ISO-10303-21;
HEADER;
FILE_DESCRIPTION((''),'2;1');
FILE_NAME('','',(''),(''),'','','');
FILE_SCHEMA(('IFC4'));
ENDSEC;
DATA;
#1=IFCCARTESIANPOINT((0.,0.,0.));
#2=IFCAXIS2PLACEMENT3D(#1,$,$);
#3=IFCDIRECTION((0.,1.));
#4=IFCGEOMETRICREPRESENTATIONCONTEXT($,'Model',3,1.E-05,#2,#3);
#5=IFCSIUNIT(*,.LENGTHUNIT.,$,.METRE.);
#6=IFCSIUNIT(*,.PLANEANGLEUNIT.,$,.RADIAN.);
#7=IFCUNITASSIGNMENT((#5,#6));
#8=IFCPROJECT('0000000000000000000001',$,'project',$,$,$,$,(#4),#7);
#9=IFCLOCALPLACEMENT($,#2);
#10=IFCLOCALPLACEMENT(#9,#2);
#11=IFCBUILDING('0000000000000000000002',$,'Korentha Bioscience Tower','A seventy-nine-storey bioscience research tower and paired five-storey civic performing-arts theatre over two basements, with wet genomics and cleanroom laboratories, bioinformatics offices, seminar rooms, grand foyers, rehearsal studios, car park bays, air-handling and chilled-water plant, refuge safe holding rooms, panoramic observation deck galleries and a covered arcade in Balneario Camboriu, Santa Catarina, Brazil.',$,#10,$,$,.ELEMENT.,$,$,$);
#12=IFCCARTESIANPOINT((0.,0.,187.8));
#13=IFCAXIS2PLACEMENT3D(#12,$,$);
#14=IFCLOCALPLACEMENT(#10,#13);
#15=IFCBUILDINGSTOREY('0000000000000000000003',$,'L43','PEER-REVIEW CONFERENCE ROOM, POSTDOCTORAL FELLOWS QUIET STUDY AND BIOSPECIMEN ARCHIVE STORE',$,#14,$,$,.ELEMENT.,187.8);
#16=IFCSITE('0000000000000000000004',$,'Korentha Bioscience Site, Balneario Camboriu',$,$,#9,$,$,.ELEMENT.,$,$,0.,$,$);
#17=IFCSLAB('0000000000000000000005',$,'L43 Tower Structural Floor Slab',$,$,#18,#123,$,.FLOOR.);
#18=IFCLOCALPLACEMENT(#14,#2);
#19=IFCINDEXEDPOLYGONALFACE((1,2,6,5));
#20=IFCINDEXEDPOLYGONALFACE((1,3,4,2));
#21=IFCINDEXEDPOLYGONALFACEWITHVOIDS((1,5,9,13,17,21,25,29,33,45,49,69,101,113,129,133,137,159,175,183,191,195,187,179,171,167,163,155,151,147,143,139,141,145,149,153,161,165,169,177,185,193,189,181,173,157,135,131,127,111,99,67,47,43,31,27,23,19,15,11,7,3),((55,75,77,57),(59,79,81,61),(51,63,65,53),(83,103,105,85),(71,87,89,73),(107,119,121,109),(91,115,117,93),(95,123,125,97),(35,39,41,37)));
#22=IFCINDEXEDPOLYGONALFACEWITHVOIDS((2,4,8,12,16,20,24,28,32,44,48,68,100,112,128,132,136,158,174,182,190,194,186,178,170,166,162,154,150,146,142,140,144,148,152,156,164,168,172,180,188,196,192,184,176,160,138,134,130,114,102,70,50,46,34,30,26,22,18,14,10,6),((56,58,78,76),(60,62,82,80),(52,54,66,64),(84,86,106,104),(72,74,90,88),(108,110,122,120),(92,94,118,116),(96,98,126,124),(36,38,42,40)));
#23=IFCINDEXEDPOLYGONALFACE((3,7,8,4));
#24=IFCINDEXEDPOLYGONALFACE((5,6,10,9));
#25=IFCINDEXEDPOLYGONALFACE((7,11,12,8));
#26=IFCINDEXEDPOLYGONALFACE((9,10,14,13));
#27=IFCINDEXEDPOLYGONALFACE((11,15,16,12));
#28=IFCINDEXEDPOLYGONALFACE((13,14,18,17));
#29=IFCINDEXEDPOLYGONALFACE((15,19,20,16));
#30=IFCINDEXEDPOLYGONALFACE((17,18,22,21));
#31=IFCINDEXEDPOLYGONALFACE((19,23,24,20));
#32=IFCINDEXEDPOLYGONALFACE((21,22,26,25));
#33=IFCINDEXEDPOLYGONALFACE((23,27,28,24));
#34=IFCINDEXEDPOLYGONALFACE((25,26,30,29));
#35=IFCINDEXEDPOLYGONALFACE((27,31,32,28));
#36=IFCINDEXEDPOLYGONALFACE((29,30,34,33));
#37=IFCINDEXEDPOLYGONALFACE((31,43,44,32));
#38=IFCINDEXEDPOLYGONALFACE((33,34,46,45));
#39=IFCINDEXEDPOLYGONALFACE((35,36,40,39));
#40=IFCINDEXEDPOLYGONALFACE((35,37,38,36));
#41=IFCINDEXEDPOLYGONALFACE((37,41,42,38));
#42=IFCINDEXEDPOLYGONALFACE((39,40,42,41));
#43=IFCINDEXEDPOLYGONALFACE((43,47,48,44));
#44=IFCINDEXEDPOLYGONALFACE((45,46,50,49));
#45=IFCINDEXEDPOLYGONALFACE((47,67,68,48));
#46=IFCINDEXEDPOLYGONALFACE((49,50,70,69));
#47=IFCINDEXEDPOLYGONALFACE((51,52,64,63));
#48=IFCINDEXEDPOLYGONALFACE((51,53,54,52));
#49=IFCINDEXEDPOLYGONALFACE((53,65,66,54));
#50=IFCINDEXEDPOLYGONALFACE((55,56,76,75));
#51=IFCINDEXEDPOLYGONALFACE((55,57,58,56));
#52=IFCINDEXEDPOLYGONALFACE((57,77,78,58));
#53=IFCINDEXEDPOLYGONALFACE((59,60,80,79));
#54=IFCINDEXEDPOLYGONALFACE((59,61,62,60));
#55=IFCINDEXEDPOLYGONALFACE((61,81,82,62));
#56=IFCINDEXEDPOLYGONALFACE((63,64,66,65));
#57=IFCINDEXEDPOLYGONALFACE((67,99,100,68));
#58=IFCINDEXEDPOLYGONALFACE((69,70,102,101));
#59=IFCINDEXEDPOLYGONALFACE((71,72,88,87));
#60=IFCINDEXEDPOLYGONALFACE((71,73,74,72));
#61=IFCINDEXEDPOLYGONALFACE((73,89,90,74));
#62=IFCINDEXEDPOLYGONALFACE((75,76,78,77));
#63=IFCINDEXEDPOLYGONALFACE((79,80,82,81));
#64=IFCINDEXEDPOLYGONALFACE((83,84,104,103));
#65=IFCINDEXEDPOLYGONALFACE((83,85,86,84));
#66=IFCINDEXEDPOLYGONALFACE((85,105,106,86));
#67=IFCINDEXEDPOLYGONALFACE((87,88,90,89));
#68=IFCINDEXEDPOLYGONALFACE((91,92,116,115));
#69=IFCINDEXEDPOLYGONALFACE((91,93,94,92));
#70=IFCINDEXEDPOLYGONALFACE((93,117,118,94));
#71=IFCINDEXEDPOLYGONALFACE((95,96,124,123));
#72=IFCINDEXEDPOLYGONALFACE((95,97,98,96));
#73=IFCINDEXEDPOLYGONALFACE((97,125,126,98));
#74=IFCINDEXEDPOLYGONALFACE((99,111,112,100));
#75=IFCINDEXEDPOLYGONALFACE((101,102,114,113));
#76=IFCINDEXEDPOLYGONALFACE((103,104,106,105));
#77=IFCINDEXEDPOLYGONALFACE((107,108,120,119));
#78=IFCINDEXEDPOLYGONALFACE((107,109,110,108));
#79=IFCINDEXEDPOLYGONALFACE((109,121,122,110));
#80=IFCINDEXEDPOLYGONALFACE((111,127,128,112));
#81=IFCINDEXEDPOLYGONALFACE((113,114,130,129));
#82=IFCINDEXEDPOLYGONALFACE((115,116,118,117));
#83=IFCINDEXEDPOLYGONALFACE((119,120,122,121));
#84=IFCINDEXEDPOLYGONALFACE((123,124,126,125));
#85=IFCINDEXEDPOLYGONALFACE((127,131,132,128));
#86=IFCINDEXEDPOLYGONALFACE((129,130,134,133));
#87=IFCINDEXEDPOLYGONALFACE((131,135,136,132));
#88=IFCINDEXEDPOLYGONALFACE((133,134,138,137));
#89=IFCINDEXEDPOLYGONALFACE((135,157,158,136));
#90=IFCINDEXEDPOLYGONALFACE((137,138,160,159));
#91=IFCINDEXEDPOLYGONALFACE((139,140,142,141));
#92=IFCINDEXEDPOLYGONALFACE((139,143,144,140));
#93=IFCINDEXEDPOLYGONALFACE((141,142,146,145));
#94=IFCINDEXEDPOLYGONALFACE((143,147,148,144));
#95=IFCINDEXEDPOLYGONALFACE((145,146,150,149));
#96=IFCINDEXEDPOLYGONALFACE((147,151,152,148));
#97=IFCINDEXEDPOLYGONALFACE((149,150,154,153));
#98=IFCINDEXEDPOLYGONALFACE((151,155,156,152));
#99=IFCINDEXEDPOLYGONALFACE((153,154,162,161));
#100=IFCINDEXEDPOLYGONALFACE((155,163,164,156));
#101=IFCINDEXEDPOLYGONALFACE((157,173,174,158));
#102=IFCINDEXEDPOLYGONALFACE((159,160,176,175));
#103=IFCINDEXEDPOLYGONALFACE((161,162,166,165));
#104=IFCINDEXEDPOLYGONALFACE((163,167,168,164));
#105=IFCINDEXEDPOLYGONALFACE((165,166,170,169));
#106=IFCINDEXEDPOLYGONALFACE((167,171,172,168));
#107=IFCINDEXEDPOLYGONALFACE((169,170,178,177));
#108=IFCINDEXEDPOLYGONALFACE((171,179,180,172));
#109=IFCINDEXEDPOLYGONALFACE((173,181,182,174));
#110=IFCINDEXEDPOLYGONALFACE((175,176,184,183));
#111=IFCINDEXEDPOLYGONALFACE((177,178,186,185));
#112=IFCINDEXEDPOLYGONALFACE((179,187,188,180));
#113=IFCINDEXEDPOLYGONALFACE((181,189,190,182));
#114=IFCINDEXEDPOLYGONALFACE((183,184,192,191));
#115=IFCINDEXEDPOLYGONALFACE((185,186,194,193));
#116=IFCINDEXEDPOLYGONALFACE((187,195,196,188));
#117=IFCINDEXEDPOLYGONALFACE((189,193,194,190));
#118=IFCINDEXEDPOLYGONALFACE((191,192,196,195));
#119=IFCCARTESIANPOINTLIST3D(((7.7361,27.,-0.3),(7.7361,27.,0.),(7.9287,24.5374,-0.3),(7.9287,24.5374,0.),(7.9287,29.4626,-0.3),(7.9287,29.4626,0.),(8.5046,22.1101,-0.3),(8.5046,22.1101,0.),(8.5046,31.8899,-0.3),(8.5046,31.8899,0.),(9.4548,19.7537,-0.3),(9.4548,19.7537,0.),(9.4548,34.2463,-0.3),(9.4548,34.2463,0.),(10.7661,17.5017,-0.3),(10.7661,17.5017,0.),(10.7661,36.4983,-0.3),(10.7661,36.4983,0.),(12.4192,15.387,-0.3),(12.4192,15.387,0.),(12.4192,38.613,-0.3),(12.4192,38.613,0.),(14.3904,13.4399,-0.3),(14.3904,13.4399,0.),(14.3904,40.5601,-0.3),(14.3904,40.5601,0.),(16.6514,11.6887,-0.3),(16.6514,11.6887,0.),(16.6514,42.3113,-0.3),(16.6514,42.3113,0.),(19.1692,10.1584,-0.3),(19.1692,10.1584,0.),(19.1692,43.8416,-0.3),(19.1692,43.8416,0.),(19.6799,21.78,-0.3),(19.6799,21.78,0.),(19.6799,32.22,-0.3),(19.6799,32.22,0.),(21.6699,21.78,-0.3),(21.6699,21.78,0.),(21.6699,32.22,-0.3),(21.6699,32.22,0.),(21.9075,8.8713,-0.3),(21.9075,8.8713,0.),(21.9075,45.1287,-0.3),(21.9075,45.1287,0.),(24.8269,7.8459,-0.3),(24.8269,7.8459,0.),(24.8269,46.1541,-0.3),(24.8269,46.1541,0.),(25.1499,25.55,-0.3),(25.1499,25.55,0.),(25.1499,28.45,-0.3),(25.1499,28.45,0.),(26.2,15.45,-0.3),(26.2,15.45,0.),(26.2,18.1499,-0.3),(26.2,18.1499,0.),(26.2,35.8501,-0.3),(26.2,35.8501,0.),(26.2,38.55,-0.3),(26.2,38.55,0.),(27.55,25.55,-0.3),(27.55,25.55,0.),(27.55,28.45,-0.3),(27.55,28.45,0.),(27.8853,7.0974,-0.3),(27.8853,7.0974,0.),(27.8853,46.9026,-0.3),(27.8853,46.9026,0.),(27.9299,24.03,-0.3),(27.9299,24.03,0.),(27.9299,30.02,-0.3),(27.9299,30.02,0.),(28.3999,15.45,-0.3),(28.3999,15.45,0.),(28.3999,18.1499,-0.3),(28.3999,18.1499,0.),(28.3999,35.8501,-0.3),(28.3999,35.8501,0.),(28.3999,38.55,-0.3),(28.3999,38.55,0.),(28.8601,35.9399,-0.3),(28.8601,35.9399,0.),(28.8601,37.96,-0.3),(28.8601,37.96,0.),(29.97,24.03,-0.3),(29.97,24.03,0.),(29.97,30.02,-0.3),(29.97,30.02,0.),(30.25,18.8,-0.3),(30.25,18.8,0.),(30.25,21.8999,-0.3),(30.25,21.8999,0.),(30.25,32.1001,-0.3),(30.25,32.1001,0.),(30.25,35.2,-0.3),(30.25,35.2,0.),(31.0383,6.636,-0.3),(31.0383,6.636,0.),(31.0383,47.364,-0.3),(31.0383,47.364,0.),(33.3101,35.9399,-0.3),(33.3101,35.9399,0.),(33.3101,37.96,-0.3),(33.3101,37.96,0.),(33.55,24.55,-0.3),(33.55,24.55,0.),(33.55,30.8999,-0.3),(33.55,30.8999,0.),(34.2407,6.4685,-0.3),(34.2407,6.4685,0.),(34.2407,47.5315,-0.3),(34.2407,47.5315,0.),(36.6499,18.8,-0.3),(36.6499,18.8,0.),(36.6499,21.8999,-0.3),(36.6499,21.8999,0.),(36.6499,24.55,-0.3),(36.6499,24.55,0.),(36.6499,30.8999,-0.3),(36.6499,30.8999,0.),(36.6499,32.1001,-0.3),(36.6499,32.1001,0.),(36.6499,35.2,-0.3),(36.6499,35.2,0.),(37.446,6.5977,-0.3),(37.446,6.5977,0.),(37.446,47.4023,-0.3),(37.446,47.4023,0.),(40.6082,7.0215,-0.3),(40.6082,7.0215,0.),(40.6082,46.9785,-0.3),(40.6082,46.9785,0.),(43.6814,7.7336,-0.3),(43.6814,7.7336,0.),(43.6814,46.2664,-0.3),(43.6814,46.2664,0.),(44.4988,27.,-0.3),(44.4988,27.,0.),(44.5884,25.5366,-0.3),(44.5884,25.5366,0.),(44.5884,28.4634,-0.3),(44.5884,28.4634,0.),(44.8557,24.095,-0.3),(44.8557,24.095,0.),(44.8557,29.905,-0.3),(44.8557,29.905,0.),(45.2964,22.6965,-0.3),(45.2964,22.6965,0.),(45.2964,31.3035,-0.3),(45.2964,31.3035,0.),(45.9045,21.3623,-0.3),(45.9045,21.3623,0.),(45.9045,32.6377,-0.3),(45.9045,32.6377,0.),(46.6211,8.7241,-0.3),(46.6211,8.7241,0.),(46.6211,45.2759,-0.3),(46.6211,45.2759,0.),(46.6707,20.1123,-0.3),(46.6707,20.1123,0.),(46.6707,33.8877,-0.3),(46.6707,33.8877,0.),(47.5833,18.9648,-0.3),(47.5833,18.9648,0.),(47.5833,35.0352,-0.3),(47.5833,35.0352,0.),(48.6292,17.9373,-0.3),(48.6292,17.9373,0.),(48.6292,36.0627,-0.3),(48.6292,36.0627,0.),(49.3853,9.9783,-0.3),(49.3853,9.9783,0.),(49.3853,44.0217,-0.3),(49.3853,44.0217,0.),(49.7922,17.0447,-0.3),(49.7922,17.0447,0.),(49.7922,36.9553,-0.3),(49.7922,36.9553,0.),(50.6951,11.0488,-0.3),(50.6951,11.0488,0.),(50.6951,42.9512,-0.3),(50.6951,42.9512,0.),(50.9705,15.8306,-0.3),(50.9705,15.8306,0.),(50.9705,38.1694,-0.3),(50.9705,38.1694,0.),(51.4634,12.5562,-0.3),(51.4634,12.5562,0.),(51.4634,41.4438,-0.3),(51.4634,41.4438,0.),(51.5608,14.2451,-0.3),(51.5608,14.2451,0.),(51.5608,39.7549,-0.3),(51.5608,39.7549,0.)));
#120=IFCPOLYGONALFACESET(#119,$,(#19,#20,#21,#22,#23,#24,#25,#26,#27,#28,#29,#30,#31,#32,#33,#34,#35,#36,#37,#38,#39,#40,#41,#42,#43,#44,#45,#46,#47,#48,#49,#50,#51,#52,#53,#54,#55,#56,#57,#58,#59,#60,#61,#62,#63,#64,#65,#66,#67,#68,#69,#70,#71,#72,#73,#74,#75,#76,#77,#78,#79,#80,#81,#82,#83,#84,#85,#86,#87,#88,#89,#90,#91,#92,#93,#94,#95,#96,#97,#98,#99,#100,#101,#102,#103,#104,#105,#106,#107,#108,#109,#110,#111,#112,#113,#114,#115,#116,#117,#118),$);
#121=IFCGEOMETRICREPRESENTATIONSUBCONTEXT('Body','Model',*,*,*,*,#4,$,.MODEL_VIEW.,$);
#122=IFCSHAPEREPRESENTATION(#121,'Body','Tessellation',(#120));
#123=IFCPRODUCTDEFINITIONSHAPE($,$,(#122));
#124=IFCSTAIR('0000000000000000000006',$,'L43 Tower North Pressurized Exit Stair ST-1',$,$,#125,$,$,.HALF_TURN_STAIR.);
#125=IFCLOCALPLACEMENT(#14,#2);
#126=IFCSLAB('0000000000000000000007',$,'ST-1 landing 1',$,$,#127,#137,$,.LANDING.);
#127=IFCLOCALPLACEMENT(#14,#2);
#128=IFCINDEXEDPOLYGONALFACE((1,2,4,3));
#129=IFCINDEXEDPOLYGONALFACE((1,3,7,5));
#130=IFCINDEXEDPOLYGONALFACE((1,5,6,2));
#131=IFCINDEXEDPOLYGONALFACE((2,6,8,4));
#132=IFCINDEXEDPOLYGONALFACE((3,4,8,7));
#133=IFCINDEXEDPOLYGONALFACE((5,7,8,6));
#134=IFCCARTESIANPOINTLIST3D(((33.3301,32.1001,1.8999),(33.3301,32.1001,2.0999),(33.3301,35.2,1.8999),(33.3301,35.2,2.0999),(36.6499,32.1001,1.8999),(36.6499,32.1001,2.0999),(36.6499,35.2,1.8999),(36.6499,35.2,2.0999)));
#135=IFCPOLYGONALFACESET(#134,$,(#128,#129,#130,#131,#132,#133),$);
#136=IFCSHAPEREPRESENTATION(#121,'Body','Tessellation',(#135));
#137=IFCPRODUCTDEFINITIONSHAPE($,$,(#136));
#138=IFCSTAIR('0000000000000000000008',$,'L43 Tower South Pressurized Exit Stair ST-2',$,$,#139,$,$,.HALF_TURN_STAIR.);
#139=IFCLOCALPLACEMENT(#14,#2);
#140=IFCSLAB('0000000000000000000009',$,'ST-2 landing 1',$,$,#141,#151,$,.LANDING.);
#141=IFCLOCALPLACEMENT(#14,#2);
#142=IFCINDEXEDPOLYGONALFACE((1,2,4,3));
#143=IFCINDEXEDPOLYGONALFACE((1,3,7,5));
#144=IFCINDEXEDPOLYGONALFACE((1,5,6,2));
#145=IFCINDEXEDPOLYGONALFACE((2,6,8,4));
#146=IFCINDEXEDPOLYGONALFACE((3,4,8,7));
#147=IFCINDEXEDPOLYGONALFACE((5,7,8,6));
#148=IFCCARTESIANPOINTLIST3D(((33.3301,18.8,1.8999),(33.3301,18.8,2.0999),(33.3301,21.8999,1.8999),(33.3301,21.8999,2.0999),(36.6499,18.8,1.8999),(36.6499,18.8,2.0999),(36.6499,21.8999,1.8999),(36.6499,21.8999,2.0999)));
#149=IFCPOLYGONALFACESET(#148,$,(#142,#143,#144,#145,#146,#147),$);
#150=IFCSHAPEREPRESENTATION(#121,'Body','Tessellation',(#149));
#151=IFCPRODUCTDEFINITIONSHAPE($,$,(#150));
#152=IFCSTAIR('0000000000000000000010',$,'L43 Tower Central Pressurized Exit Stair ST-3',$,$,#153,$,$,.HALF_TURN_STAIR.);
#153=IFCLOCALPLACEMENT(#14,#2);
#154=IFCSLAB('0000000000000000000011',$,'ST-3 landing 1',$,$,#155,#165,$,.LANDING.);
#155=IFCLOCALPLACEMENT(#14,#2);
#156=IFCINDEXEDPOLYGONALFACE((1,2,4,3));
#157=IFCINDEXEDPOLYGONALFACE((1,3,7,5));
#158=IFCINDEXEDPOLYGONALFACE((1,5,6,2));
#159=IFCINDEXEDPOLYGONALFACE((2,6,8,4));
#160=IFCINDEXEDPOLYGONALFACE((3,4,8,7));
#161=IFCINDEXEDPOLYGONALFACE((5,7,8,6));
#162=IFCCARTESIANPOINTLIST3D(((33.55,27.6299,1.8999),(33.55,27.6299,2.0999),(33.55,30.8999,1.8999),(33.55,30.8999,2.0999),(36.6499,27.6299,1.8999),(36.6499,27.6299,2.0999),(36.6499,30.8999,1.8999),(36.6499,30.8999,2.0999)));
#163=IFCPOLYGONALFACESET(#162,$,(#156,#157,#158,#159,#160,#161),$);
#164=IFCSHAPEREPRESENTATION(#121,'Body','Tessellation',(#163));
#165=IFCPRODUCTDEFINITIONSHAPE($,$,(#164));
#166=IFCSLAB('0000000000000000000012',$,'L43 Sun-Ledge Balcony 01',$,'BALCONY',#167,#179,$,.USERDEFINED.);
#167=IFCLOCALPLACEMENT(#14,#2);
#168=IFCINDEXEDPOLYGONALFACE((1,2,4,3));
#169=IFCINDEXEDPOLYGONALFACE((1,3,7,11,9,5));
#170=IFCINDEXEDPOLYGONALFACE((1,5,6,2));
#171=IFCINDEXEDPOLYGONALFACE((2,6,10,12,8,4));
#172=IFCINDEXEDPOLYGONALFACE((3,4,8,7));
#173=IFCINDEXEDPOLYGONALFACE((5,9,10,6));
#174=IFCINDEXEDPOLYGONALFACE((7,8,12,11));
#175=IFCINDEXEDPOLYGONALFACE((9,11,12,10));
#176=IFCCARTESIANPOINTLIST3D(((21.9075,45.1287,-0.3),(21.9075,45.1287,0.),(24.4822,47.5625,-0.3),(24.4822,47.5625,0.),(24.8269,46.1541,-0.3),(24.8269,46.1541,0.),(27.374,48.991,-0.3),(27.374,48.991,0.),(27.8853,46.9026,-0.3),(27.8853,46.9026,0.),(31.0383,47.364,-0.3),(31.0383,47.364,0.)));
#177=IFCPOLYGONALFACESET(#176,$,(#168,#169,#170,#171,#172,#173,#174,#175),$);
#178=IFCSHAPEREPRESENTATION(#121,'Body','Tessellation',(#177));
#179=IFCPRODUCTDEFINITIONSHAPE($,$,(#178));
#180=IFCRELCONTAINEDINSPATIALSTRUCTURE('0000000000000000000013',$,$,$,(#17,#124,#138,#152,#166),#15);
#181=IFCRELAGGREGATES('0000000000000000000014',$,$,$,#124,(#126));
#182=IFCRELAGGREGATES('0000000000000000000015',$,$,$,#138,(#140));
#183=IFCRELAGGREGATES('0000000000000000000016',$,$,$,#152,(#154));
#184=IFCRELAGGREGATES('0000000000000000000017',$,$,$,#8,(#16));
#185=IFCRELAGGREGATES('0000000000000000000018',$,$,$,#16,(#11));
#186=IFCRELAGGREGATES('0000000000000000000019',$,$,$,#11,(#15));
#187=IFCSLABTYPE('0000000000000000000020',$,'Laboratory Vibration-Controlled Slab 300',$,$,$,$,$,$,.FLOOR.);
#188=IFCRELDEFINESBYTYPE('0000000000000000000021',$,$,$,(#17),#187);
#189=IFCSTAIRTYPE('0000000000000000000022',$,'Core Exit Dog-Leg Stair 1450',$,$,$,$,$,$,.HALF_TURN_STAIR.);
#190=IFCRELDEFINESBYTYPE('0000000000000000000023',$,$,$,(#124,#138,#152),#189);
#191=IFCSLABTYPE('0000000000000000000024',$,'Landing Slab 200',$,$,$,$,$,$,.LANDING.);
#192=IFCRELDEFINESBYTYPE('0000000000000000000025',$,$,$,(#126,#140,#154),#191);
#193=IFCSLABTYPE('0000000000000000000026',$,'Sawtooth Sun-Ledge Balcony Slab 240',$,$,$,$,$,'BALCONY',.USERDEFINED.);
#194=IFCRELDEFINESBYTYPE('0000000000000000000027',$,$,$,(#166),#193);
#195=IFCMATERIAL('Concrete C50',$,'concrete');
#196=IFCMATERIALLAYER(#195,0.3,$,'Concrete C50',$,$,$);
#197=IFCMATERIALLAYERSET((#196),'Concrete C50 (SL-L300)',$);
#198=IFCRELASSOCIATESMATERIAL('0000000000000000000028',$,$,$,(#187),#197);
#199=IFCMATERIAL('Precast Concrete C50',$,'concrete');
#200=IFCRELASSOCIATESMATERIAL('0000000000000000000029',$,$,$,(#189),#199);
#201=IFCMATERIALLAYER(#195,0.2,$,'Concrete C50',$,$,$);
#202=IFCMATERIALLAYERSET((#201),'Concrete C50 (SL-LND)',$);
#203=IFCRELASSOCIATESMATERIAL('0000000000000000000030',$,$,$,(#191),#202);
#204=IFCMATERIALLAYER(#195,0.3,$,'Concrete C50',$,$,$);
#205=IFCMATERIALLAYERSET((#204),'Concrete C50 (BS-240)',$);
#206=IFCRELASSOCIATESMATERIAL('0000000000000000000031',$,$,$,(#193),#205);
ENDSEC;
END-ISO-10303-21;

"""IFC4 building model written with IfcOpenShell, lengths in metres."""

from ifc_helpers import new_model, si_unit, direction, frame, origin, place, context, subcontext, project, spatial, polyline, outline, extrude, material, layer, layer_set, type_object, element, aggregate, save


model = new_model("IFC4")

# Units and contexts
model_context = context("Model", 3, precision=1e-05, world=origin(), true_north=direction((0.0, 1.0)))
body_context = subcontext(model_context, "Body", "Model", "MODEL_VIEW")
ifc_project = project(units=[si_unit("LENGTHUNIT", "METRE"), si_unit("PLANEANGLEUNIT", "RADIAN")], contexts=[model_context])

# Site, building, storey
site_placement = place(None, origin())
site = spatial("IfcSite", under=ifc_project, at=site_placement, Name="Korentha Bioscience Site, Balneario Camboriu", CompositionType="ELEMENT", RefElevation=0.0)
building_placement = place(site_placement, origin())
building = spatial("IfcBuilding", under=site, at=building_placement, Name="Korentha Bioscience Tower", Description="A seventy-nine-storey bioscience research tower and paired five-storey civic performing-arts theatre over two basements, with wet genomics and cleanroom laboratories, bioinformatics offices, seminar rooms, grand foyers, rehearsal studios, car park bays, air-handling and chilled-water plant, refuge safe holding rooms, panoramic observation deck galleries and a covered arcade in Balneario Camboriu, Santa Catarina, Brazil.", CompositionType="ELEMENT")
storey_placement = place(building_placement, frame((0.0, 0.0, 187.8)))
storey = spatial("IfcBuildingStorey", under=building, at=storey_placement, Name="L43", Description="PEER-REVIEW CONFERENCE ROOM, POSTDOCTORAL FELLOWS QUIET STUDY AND BIOSPECIMEN ARCHIVE STORE", CompositionType="ELEMENT", Elevation=187.8)

# Slab
ifc_material_1 = material(Name="Concrete C50", Category="concrete")
ifc_layer_1 = layer(ifc_material_1, 0.3, Name="Concrete C50")
ifc_layer_set_1 = layer_set([ifc_layer_1], Name="Concrete C50 (SL-L300)")
slab_type_1 = type_object("IfcSlabType", Name="Laboratory Vibration-Controlled Slab 300", PredefinedType="FLOOR", material=ifc_layer_set_1)
slab_1_placement = place(storey_placement, frame((0.0, 0.0, -0.3)))
element("IfcSlab", 1, at=slab_1_placement, inside=storey, type_object=slab_type_1, Name="L43 Tower Structural Floor Slab", PredefinedType="FLOOR", context=body_context, shape_type="SweptSolid", body=[
    extrude(outline(polyline([(49.3853, 44.0217), (46.6211, 45.2759), (43.6814, 46.2664), (40.6082, 46.9785), (37.446, 47.4023), (34.2407, 47.5315), (31.0383, 47.364), (27.8853, 46.9026), (24.8269, 46.1541), (21.9075, 45.1287), (19.1692, 43.8416), (16.6514, 42.3113), (14.3904, 40.5601), (12.4192, 38.613), (10.7661, 36.4983), (9.4548, 34.2463), (8.5046, 31.8899), (7.9287, 29.4626), (7.7361, 27.0), (7.9287, 24.5374), (8.5046, 22.1101), (9.4548, 19.7537), (10.7661, 17.5017), (12.4192, 15.387), (14.3904, 13.4399), (16.6514, 11.6887), (19.1692, 10.1584), (21.9075, 8.8713), (24.8269, 7.8459), (27.8853, 7.0974), (31.0383, 6.636), (34.2407, 6.4685), (37.446, 6.5977), (40.6082, 7.0215), (43.6814, 7.7336), (46.6211, 8.7241), (49.3853, 9.9783), (50.6951, 11.0488), (51.4634, 12.5562), (51.5608, 14.2451), (50.9705, 15.8306), (49.7922, 17.0447), (48.6292, 17.9373), (47.5833, 18.9648), (46.6707, 20.1123), (45.9045, 21.3623), (45.2964, 22.6965), (44.8557, 24.095), (44.5884, 25.5366), (44.4988, 27.0), (44.5884, 28.4634), (44.8557, 29.905), (45.2964, 31.3035), (45.9045, 32.6377), (46.6707, 33.8877), (47.5833, 35.0352), (48.6292, 36.0627), (49.7922, 36.9553), (50.9705, 38.1694), (51.5608, 39.7549), (51.4634, 41.4438), (50.6951, 42.9512), (49.3853, 44.0217)]), holes=[polyline([(30.25, 32.1001), (36.6499, 32.1001), (36.6499, 35.2), (30.25, 35.2), (30.25, 32.1001)]), polyline([(30.25, 18.8), (36.6499, 18.8), (36.6499, 21.8999), (30.25, 21.8999), (30.25, 18.8)]), polyline([(36.6499, 24.55), (36.6499, 30.8999), (33.55, 30.8999), (33.55, 24.55), (36.6499, 24.55)]), polyline([(19.6799, 21.78), (21.6699, 21.78), (21.6699, 32.22), (19.6799, 32.22), (19.6799, 21.78)]), polyline([(27.9299, 24.03), (29.97, 24.03), (29.97, 30.02), (27.9299, 30.02), (27.9299, 24.03)]), polyline([(28.8601, 35.9399), (33.3101, 35.9399), (33.3101, 37.96), (28.8601, 37.96), (28.8601, 35.9399)]), polyline([(26.2, 15.45), (28.3999, 15.45), (28.3999, 18.1499), (26.2, 18.1499), (26.2, 15.45)]), polyline([(26.2, 35.8501), (28.3999, 35.8501), (28.3999, 38.55), (26.2, 38.55), (26.2, 35.8501)]), polyline([(25.1499, 25.55), (27.55, 25.55), (27.55, 28.45), (25.1499, 28.45), (25.1499, 25.55)])]), origin(), (0.0, 0.0, 1.0), 0.3),
])

# Stairs, slabs
ifc_material_2 = material(Name="Precast Concrete C50", Category="concrete")
stair_type = type_object("IfcStairType", Name="Core Exit Dog-Leg Stair 1450", PredefinedType="HALF_TURN_STAIR", material=ifc_material_2)
stair_1_placement = place(storey_placement, origin())
stair_1 = element("IfcStair", 2, at=stair_1_placement, inside=storey, type_object=stair_type, Name="L43 Tower North Pressurized Exit Stair ST-1", PredefinedType="HALF_TURN_STAIR")
ifc_layer_2 = layer(ifc_material_1, 0.2, Name="Concrete C50")
ifc_layer_set_2 = layer_set([ifc_layer_2], Name="Concrete C50 (SL-LND)")
slab_type_2 = type_object("IfcSlabType", Name="Landing Slab 200", PredefinedType="LANDING", material=ifc_layer_set_2)
slab_2_placement = place(storey_placement, frame((0.0, 0.0, 1.8999)))
slab_2 = element("IfcSlab", 3, at=slab_2_placement, type_object=slab_type_2, Name="ST-1 landing 1", PredefinedType="LANDING", context=body_context, shape_type="SweptSolid", body=[
    extrude(outline(polyline([(33.3301, 32.1001), (36.6499, 32.1001), (36.6499, 35.2), (33.3301, 35.2), (33.3301, 32.1001)])), origin(), (0.0, 0.0, 1.0), 0.2),
])
aggregate(stair_1, [slab_2])
stair_2_placement = place(storey_placement, origin())
stair_2 = element("IfcStair", 4, at=stair_2_placement, inside=storey, type_object=stair_type, Name="L43 Tower South Pressurized Exit Stair ST-2", PredefinedType="HALF_TURN_STAIR")
slab_3_placement = place(storey_placement, frame((0.0, 0.0, 1.8999)))
slab_3 = element("IfcSlab", 5, at=slab_3_placement, type_object=slab_type_2, Name="ST-2 landing 1", PredefinedType="LANDING", context=body_context, shape_type="SweptSolid", body=[
    extrude(outline(polyline([(33.3301, 18.8), (36.6499, 18.8), (36.6499, 21.8999), (33.3301, 21.8999), (33.3301, 18.8)])), origin(), (0.0, 0.0, 1.0), 0.2),
])
aggregate(stair_2, [slab_3])
stair_3_placement = place(storey_placement, origin())
stair_3 = element("IfcStair", 6, at=stair_3_placement, inside=storey, type_object=stair_type, Name="L43 Tower Central Pressurized Exit Stair ST-3", PredefinedType="HALF_TURN_STAIR")
slab_4_placement = place(storey_placement, frame((0.0, 0.0, 1.8999)))
slab_4 = element("IfcSlab", 7, at=slab_4_placement, type_object=slab_type_2, Name="ST-3 landing 1", PredefinedType="LANDING", context=body_context, shape_type="SweptSolid", body=[
    extrude(outline(polyline([(36.6499, 27.6299), (36.6499, 30.8999), (33.55, 30.8999), (33.55, 27.6299), (36.6499, 27.6299)])), origin(), (0.0, 0.0, 1.0), 0.2),
])
aggregate(stair_3, [slab_4])

# Slab
ifc_layer_3 = layer(ifc_material_1, 0.3, Name="Concrete C50")
ifc_layer_set_3 = layer_set([ifc_layer_3], Name="Concrete C50 (BS-240)")
slab_type_3 = type_object("IfcSlabType", Name="Sawtooth Sun-Ledge Balcony Slab 240", ElementType="BALCONY", PredefinedType="USERDEFINED", material=ifc_layer_set_3)
slab_5_placement = place(storey_placement, frame((0.0, 0.0, -0.3)))
element("IfcSlab", 8, at=slab_5_placement, inside=storey, type_object=slab_type_3, Name="L43 Sun-Ledge Balcony 01", ObjectType="BALCONY", PredefinedType="USERDEFINED", context=body_context, shape_type="SweptSolid", body=[
    extrude(outline(polyline([(21.9075, 45.1287), (24.8269, 46.1541), (27.8853, 46.9026), (31.0383, 47.364), (27.374, 48.991), (24.4822, 47.5625), (21.9075, 45.1287)])), origin(), (0.0, 0.0, 1.0), 0.3),
])

save(model, "model.ifc")
